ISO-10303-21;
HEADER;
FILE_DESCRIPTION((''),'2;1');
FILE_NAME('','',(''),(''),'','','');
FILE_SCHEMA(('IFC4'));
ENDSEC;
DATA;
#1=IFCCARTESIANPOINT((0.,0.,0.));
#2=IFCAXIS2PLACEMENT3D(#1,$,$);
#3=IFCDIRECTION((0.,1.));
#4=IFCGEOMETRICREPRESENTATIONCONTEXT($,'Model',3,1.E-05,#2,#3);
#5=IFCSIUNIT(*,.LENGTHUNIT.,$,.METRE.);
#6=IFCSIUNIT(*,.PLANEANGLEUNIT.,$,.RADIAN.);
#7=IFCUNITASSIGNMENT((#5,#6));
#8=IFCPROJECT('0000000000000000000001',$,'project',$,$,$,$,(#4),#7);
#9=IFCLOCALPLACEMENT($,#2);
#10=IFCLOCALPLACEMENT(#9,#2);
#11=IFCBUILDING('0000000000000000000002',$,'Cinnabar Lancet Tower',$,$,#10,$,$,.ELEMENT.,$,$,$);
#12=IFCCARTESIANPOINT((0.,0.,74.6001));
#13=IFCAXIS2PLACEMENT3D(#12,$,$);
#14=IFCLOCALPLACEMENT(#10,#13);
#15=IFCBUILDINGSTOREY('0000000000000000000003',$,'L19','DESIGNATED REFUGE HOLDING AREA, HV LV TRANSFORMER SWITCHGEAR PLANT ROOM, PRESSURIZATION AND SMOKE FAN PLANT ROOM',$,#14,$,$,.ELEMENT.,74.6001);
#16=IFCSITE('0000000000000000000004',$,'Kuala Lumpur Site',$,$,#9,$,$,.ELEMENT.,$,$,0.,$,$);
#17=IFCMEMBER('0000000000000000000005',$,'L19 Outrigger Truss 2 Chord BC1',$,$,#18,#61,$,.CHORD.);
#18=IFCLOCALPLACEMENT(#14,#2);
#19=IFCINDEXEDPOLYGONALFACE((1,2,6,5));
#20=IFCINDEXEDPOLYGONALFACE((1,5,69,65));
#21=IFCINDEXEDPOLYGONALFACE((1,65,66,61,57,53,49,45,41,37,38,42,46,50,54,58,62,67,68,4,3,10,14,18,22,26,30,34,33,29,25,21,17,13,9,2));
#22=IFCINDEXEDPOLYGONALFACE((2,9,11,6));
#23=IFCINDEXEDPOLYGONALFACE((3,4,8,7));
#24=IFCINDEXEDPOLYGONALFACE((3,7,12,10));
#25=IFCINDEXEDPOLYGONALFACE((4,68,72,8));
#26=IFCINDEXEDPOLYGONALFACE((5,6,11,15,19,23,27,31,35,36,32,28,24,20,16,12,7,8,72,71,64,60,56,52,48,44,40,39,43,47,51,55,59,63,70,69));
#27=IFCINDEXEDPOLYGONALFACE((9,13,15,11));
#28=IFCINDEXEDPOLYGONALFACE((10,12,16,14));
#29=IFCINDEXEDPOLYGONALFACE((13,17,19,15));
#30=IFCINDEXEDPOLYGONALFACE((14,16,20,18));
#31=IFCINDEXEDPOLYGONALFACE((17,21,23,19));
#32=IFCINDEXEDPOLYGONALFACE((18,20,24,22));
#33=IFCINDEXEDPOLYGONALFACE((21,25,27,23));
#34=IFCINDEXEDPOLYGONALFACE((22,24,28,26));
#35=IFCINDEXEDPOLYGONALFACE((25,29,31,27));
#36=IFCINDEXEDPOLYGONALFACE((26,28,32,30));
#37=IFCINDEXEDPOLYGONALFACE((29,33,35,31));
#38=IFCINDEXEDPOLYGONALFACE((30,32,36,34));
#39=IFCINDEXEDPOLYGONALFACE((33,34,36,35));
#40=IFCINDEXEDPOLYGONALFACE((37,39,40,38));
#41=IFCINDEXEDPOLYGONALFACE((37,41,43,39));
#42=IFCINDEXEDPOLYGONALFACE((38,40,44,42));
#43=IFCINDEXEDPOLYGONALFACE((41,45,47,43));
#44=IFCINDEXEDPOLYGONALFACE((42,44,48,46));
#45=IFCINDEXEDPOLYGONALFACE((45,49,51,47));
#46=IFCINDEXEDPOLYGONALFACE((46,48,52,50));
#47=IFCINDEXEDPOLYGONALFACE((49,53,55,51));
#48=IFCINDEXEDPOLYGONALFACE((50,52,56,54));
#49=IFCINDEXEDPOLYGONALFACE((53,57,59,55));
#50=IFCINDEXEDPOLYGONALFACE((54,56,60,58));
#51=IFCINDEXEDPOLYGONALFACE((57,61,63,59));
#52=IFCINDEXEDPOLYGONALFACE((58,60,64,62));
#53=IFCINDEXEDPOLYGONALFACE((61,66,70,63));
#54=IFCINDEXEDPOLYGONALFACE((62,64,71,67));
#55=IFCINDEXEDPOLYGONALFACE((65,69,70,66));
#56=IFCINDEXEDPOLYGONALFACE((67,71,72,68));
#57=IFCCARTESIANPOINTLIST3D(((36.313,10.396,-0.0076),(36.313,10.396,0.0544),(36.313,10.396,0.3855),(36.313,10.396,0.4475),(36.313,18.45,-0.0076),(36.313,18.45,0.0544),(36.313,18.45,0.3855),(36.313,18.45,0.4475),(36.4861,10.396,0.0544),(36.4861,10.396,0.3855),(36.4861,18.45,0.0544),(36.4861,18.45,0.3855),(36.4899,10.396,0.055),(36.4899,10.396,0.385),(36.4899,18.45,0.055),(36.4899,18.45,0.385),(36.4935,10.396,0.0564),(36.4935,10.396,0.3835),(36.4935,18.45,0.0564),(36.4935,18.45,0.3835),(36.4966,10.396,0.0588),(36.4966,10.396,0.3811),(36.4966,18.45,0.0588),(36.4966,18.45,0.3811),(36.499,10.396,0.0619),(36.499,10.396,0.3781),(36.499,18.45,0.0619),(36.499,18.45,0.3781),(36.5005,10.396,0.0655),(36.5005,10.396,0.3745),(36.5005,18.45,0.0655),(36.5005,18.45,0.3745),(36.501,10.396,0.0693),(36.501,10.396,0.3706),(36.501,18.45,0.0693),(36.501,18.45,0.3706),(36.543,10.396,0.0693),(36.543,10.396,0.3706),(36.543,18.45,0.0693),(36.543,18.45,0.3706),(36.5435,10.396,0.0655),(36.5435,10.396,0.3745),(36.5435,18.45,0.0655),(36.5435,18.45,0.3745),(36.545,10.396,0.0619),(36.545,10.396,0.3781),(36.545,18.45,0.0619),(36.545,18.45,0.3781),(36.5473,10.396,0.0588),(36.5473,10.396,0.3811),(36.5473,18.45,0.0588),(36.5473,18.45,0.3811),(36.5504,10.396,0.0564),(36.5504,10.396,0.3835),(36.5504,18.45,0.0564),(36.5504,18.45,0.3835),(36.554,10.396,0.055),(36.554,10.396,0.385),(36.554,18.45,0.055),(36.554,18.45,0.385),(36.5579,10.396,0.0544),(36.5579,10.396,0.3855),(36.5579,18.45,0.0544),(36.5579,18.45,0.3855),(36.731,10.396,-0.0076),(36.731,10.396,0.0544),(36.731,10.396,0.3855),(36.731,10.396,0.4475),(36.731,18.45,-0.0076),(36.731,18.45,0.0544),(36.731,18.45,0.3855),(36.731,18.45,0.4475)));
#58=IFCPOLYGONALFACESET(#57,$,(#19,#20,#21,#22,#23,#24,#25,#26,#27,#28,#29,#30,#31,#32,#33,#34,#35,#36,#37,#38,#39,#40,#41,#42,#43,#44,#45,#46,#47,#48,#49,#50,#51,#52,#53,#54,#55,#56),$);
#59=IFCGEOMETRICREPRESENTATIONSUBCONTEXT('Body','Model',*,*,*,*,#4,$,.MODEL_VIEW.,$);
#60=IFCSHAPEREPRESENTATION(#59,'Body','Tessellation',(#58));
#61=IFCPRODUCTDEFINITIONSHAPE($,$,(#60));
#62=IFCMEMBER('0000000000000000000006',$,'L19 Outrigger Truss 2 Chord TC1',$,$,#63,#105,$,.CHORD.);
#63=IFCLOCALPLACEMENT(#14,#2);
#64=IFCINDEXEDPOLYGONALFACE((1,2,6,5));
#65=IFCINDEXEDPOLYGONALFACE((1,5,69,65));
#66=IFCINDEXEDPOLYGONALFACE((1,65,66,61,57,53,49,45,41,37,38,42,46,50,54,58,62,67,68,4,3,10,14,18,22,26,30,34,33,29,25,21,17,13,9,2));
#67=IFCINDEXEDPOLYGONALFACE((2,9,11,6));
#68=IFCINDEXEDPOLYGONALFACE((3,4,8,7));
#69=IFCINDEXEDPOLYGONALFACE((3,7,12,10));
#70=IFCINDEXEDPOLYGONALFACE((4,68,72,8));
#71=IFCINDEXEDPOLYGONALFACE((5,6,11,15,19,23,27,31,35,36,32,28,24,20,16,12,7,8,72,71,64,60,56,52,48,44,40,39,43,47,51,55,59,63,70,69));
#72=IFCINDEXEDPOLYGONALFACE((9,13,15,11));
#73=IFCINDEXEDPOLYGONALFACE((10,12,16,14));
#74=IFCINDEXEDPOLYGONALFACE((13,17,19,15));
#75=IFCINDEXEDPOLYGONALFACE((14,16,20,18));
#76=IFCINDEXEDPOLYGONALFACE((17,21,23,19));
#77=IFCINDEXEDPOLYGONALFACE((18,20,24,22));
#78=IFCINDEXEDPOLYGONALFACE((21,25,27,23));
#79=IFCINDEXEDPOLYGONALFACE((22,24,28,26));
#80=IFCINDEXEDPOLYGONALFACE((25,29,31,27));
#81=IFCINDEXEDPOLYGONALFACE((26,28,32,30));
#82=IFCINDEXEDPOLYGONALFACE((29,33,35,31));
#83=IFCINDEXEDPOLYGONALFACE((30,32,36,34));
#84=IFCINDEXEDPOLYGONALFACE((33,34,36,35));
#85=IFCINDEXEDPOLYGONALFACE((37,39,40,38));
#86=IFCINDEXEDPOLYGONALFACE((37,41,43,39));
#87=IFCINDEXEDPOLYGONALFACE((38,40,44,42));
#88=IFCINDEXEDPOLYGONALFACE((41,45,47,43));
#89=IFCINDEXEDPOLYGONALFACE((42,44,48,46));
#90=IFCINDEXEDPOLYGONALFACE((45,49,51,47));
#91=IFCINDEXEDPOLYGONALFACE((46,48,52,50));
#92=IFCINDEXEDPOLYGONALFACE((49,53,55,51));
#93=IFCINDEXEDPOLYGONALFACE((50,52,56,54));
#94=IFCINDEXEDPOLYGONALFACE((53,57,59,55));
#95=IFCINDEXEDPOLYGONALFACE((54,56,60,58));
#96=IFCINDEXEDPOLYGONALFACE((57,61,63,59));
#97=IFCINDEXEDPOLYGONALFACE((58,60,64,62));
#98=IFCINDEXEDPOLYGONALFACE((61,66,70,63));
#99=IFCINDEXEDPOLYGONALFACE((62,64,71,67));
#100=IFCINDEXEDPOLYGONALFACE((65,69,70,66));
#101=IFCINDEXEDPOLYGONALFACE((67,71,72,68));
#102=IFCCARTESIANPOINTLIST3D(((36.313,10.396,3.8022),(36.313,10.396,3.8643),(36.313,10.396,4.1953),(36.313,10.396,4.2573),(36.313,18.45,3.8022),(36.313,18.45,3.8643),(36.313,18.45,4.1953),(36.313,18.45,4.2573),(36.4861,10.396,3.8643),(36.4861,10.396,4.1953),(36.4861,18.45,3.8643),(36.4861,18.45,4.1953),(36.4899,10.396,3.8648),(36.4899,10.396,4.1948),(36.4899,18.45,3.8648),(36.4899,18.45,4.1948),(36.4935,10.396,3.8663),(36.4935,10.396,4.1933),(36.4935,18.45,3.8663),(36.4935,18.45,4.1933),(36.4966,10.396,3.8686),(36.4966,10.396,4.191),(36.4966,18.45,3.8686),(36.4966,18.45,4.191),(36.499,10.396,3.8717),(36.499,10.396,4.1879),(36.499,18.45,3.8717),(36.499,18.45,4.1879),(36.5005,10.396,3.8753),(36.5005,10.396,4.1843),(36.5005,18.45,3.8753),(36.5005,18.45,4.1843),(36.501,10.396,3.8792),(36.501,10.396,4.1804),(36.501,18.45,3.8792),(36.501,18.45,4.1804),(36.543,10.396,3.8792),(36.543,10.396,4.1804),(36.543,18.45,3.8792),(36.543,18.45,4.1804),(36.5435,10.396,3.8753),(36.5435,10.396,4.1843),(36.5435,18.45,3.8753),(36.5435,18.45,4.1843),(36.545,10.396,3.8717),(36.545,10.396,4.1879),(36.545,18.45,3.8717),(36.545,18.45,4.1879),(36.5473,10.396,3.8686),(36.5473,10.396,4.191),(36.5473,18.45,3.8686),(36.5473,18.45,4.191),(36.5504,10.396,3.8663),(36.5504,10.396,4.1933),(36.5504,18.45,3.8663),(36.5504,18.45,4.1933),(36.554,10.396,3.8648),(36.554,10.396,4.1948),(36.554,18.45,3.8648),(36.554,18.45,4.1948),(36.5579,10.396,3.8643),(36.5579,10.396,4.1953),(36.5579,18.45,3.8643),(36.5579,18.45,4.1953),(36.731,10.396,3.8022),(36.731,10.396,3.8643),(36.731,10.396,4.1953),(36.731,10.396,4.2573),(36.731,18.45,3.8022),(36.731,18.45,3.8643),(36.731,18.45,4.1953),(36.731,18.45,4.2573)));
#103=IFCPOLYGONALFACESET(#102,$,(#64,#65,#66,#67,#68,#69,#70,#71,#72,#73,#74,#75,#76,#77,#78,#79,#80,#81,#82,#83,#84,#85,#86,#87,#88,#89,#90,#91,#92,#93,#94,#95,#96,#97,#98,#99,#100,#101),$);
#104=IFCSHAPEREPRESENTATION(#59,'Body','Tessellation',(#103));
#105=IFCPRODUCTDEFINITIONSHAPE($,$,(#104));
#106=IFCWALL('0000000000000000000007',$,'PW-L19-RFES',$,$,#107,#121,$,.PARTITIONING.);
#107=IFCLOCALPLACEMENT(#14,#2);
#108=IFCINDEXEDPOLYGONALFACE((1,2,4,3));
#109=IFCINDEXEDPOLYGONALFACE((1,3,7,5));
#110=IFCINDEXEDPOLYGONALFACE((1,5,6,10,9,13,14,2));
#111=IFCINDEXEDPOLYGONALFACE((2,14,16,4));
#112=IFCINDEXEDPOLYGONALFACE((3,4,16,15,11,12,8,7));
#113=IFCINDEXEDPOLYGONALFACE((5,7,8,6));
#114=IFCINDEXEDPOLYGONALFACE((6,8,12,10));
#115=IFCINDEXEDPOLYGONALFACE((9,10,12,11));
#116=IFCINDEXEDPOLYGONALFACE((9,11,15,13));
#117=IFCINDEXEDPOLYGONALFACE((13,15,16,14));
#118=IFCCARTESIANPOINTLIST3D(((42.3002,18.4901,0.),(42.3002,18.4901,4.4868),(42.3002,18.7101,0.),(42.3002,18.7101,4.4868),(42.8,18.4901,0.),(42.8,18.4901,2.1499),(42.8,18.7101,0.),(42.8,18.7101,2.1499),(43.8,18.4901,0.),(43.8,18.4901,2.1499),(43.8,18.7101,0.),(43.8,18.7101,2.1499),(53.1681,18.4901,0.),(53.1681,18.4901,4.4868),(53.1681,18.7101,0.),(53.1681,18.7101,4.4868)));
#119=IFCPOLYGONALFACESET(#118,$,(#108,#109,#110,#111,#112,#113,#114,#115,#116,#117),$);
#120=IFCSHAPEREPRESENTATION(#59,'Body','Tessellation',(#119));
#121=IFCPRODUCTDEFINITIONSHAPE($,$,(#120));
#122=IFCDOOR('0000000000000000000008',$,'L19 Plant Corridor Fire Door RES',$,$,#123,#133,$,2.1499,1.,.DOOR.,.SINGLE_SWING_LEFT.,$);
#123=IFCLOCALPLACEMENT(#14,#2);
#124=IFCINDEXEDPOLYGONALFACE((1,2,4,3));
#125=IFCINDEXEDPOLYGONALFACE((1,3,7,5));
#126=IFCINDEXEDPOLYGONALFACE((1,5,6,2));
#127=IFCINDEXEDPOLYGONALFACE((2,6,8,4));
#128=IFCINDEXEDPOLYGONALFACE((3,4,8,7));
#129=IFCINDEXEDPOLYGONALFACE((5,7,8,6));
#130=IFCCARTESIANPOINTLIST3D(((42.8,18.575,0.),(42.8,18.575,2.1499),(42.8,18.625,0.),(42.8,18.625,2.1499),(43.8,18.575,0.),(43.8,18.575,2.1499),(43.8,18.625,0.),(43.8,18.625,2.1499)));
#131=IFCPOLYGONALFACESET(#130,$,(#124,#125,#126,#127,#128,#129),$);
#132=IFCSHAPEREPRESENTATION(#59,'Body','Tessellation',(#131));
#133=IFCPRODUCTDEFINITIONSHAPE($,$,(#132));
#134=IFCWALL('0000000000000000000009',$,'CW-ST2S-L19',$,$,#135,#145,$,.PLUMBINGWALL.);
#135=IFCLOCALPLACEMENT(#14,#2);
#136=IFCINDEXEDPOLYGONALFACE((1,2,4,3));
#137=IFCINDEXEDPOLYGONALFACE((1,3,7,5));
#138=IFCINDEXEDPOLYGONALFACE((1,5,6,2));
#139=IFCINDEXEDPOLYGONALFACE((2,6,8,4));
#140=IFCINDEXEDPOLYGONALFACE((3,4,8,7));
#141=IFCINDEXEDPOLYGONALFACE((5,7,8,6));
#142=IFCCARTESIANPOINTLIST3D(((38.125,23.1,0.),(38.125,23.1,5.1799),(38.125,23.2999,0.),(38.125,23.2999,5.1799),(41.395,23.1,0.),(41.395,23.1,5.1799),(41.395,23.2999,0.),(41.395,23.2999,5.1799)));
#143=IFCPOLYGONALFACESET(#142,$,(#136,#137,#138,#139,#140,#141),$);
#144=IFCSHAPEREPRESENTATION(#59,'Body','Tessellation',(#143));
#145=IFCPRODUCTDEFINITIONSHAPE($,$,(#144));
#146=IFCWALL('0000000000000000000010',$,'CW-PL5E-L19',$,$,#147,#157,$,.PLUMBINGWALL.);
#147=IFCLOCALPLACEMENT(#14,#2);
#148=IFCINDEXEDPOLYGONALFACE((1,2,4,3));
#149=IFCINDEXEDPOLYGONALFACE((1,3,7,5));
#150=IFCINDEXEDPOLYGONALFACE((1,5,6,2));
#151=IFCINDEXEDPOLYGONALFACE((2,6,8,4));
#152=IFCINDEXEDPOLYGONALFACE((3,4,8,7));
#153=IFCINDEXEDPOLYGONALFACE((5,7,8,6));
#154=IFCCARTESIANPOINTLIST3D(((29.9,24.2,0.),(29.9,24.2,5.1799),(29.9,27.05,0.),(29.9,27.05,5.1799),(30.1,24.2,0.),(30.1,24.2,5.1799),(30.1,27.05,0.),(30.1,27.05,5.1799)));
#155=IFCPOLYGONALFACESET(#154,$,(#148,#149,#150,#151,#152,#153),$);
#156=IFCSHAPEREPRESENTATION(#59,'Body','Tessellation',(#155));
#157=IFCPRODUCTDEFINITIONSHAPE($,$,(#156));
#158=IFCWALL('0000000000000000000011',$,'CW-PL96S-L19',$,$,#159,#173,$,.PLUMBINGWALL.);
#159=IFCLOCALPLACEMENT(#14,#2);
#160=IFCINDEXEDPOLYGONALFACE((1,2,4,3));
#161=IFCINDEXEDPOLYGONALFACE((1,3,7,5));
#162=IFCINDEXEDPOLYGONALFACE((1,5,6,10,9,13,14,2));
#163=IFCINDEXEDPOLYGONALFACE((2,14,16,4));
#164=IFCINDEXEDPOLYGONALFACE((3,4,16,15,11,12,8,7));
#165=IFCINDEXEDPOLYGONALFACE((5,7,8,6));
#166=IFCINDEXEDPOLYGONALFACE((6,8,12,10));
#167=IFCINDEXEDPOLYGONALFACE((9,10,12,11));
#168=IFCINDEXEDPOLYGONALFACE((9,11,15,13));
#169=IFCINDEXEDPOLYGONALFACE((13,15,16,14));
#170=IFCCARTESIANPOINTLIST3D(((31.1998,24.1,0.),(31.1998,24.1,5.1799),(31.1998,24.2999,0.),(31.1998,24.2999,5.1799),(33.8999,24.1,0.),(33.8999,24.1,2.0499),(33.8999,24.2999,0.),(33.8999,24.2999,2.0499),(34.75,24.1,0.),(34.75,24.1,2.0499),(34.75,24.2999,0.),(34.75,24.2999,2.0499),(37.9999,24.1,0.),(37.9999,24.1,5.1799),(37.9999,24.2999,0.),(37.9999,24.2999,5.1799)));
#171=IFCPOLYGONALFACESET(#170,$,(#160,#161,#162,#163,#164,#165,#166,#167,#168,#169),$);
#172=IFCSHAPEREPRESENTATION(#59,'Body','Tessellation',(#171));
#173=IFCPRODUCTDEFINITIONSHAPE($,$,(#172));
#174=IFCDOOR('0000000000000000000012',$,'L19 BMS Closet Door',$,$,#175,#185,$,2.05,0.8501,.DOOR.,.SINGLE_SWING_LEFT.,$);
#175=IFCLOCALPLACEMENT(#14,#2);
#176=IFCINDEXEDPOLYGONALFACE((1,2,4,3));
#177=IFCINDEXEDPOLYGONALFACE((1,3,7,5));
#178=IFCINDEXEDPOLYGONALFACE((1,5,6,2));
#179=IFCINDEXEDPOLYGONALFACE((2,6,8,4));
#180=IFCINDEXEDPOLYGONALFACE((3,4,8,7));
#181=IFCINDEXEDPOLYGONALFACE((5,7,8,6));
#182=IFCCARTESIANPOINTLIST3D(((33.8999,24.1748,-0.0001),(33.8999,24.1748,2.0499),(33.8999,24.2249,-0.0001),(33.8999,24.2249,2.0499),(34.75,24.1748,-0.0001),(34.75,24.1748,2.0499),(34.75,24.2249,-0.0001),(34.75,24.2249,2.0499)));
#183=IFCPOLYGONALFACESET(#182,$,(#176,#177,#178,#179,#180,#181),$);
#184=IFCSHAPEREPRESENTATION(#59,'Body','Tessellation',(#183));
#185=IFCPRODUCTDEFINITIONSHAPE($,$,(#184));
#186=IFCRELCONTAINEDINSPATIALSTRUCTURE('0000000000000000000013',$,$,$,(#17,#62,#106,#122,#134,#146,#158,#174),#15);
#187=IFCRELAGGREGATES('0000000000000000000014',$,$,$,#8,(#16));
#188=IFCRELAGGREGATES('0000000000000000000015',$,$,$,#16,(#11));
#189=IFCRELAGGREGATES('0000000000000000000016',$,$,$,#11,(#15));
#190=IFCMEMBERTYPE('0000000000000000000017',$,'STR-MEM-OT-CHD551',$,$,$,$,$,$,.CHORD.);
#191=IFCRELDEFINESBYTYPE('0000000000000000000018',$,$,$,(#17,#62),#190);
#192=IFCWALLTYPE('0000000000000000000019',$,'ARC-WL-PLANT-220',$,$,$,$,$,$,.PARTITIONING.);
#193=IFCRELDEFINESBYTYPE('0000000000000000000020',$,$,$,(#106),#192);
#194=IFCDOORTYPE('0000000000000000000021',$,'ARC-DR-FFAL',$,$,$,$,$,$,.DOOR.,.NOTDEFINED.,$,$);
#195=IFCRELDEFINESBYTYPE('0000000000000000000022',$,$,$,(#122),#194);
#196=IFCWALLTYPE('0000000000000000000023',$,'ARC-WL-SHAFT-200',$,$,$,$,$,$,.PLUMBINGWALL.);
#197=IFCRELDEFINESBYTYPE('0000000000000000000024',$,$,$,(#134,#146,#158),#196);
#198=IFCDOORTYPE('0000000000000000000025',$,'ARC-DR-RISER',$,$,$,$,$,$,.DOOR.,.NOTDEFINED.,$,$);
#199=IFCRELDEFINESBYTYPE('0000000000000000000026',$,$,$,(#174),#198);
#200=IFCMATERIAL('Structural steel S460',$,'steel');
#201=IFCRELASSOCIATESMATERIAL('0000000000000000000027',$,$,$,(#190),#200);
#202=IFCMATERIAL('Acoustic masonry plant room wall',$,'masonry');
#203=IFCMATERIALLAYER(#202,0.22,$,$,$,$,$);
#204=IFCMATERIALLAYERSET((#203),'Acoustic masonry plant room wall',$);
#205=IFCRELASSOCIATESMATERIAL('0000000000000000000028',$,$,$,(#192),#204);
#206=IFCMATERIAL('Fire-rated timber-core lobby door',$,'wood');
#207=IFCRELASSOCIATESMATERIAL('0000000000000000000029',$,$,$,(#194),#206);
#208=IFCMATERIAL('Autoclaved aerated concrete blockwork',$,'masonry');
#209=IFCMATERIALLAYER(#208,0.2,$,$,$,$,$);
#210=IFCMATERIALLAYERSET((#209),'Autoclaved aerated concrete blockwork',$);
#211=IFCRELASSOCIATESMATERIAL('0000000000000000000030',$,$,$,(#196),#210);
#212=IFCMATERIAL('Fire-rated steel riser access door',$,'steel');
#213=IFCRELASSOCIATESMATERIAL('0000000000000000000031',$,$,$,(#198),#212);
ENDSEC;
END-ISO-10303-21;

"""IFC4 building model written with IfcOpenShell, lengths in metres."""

from ifc_helpers import new_model, si_unit, direction, frame, frame_2d, origin, origin_2d, place, context, subcontext, project, spatial, rectangle, i_section, extrude, material, layer, layer_set, material_profile, profile_set, type_object, element, fill, save


model = new_model("IFC4")

# Units and contexts
model_context = context("Model", 3, precision=1e-05, world=origin(), true_north=direction((0.0, 1.0)))
body_context = subcontext(model_context, "Body", "Model", "MODEL_VIEW")
ifc_project = project(units=[si_unit("LENGTHUNIT", "METRE"), si_unit("PLANEANGLEUNIT", "RADIAN")], contexts=[model_context])

# Site, building, storey
site_placement = place(None, origin())
site = spatial("IfcSite", under=ifc_project, at=site_placement, Name="Kuala Lumpur Site", CompositionType="ELEMENT", RefElevation=0.0)
building_placement = place(site_placement, origin())
building = spatial("IfcBuilding", under=site, at=building_placement, Name="Cinnabar Lancet Tower", CompositionType="ELEMENT")
storey_placement = place(building_placement, frame((0.0, 0.0, 74.6001)))
storey = spatial("IfcBuildingStorey", under=building, at=storey_placement, Name="L19", Description="DESIGNATED REFUGE HOLDING AREA, HV LV TRANSFORMER SWITCHGEAR PLANT ROOM, PRESSURIZATION AND SMOKE FAN PLANT ROOM", CompositionType="ELEMENT", Elevation=74.6001)

# Members
ifc_material_1 = material(Name="Structural steel S460", Category="steel")
ifc_material_profile_1 = material_profile(ifc_material_1, i_section(OverallWidth=0.418, OverallDepth=0.4551, WebThickness=0.042, FlangeThickness=0.062, FilletRadius=0.0149, at=origin_2d()), Name="HD 400x551")
ifc_profile_set_1 = profile_set([ifc_material_profile_1], Name="Structural steel S460")
member_type_1 = type_object("IfcMemberType", Name="STR-MEM-OT-CHD551", PredefinedType="CHORD", material=ifc_profile_set_1)
for number, where, z_axis, x_axis, name in (
    (1, (36.522, 18.45, 0.22), (0.0, -1.0, 0.0), (1.0, 0.0, 0.0), "L19 Outrigger Truss 2 Chord BC1"),
    (2, (36.522, 18.45, 4.0298), (0.0, -1.0, 0.0), (1.0, 0.0, 0.0), "L19 Outrigger Truss 2 Chord TC1"),
):
    element("IfcMember", number, at=place(storey_placement, frame(where, z_axis=z_axis, x_axis=x_axis)), inside=storey, type_object=member_type_1, Name=name, PredefinedType="CHORD", context=body_context, shape_type="SweptSolid", body=[
        extrude(i_section(OverallWidth=0.418, OverallDepth=0.4551, WebThickness=0.042, FlangeThickness=0.062, FilletRadius=0.0149, at=origin_2d()), origin(), (0.0, 0.0, 1.0), 8.054),
    ])

# Wall, opening, door
ifc_material_2 = material(Name="Acoustic masonry plant room wall", Category="masonry")
ifc_layer_1 = layer(ifc_material_2, 0.22)
ifc_layer_set_1 = layer_set([ifc_layer_1], Name="Acoustic masonry plant room wall")
wall_type_1 = type_object("IfcWallType", Name="ARC-WL-PLANT-220", PredefinedType="PARTITIONING", material=ifc_layer_set_1)
wall_1_placement = place(storey_placement, frame((42.3, 18.6001, 0.0), z_axis=(0.0, 0.0, 1.0), x_axis=(1.0, 0.0, 0.0)))
wall_1 = element("IfcWall", 3, at=wall_1_placement, inside=storey, type_object=wall_type_1, Name="PW-L19-RFES", PredefinedType="PARTITIONING", context=body_context, shape_type="SweptSolid", body=[
    extrude(rectangle(XDim=10.8679, YDim=0.22, at=frame_2d((5.4341, 0.0))), origin(), (0.0, 0.0, 1.0), 4.4868),
])
opening_1_placement = place(wall_1_placement, frame((0.5, 0.0, 0.0)))
opening_1 = element("IfcOpeningElement", 4, at=opening_1_placement, cuts=wall_1, PredefinedType="OPENING", context=body_context, shape_type="SweptSolid", body=[
    extrude(rectangle(XDim=1.0, YDim=2.1499, at=frame_2d((0.5, 1.075))), frame((0.0, 0.1199, 0.0), z_axis=(0.0, -1.0, 0.0), x_axis=(1.0, 0.0, 0.0)), (0.0, 0.0, 1.0), 0.24),
])
ifc_material_3 = material(Name="Fire-rated timber-core lobby door", Category="wood")
door_type_1 = type_object("IfcDoorType", Name="ARC-DR-FFAL", OperationType="NOTDEFINED", PredefinedType="DOOR", material=ifc_material_3)
door_1_placement = place(opening_1_placement, origin())
door_1 = element("IfcDoor", 5, at=door_1_placement, inside=storey, type_object=door_type_1, Name="L19 Plant Corridor Fire Door RES", OperationType="SINGLE_SWING_LEFT", OverallHeight=2.1499, OverallWidth=1.0, PredefinedType="DOOR", context=body_context, shape_type="SweptSolid", body=[
    extrude(rectangle(XDim=1.0, YDim=2.1499, at=frame_2d((0.5, 1.075))), frame((0.0, 0.0249, 0.0), z_axis=(0.0, -1.0, 0.0), x_axis=(1.0, 0.0, 0.0)), (0.0, 0.0, 1.0), 0.05),
])
fill(opening_1, door_1)

# Walls
ifc_material_4 = material(Name="Autoclaved aerated concrete blockwork", Category="masonry")
ifc_layer_2 = layer(ifc_material_4, 0.2)
ifc_layer_set_2 = layer_set([ifc_layer_2], Name="Autoclaved aerated concrete blockwork")
wall_type_2 = type_object("IfcWallType", Name="ARC-WL-SHAFT-200", PredefinedType="PLUMBINGWALL", material=ifc_layer_set_2)
wall_2_placement = place(storey_placement, frame((38.125, 23.2, 0.0), z_axis=(0.0, 0.0, 1.0), x_axis=(1.0, 0.0, 0.0)))
element("IfcWall", 6, at=wall_2_placement, inside=storey, type_object=wall_type_2, Name="CW-ST2S-L19", PredefinedType="PLUMBINGWALL", context=body_context, shape_type="SweptSolid", body=[
    extrude(rectangle(XDim=3.27, YDim=0.2, at=frame_2d((1.635, 0.0))), origin(), (0.0, 0.0, 1.0), 5.1799),
])
wall_3_placement = place(storey_placement, frame((30.0, 24.2, 0.0), z_axis=(0.0, 0.0, 1.0), x_axis=(0.0, 1.0, 0.0)))
element("IfcWall", 7, at=wall_3_placement, inside=storey, type_object=wall_type_2, Name="CW-PL5E-L19", PredefinedType="PLUMBINGWALL", context=body_context, shape_type="SweptSolid", body=[
    extrude(rectangle(XDim=2.8501, YDim=0.2, at=frame_2d((1.425, 0.0))), origin(), (0.0, 0.0, 1.0), 5.1799),
])

# Wall, opening, door
wall_4_placement = place(storey_placement, frame((31.2, 24.2, 0.0), z_axis=(0.0, 0.0, 1.0), x_axis=(1.0, 0.0, 0.0)))
wall_4 = element("IfcWall", 8, at=wall_4_placement, inside=storey, type_object=wall_type_2, Name="CW-PL96S-L19", PredefinedType="PLUMBINGWALL", context=body_context, shape_type="SweptSolid", body=[
    extrude(rectangle(XDim=6.8, YDim=0.2, at=frame_2d((3.3999, 0.0))), origin(), (0.0, 0.0, 1.0), 5.1799),
])
opening_2_placement = place(wall_4_placement, frame((2.7, 0.0, 0.0)))
opening_2 = element("IfcOpeningElement", 9, at=opening_2_placement, cuts=wall_4, PredefinedType="OPENING", context=body_context, shape_type="SweptSolid", body=[
    extrude(rectangle(XDim=0.8501, YDim=2.05, at=frame_2d((0.425, 1.0249))), frame((0.0, 0.1099, 0.0), z_axis=(0.0, -1.0, 0.0), x_axis=(1.0, 0.0, 0.0)), (0.0, 0.0, 1.0), 0.22),
])
ifc_material_5 = material(Name="Fire-rated steel riser access door", Category="steel")
door_type_2 = type_object("IfcDoorType", Name="ARC-DR-RISER", OperationType="NOTDEFINED", PredefinedType="DOOR", material=ifc_material_5)
door_2_placement = place(opening_2_placement, origin())
door_2 = element("IfcDoor", 10, at=door_2_placement, inside=storey, type_object=door_type_2, Name="L19 BMS Closet Door", OperationType="SINGLE_SWING_LEFT", OverallHeight=2.05, OverallWidth=0.8501, PredefinedType="DOOR", context=body_context, shape_type="SweptSolid", body=[
    extrude(rectangle(XDim=0.8501, YDim=2.05, at=frame_2d((0.425, 1.0249))), frame((0.0, 0.0249, 0.0), z_axis=(0.0, -1.0, 0.0), x_axis=(1.0, 0.0, 0.0)), (0.0, 0.0, 1.0), 0.05),
])
fill(opening_2, door_2)

save(model, "model.ifc")
